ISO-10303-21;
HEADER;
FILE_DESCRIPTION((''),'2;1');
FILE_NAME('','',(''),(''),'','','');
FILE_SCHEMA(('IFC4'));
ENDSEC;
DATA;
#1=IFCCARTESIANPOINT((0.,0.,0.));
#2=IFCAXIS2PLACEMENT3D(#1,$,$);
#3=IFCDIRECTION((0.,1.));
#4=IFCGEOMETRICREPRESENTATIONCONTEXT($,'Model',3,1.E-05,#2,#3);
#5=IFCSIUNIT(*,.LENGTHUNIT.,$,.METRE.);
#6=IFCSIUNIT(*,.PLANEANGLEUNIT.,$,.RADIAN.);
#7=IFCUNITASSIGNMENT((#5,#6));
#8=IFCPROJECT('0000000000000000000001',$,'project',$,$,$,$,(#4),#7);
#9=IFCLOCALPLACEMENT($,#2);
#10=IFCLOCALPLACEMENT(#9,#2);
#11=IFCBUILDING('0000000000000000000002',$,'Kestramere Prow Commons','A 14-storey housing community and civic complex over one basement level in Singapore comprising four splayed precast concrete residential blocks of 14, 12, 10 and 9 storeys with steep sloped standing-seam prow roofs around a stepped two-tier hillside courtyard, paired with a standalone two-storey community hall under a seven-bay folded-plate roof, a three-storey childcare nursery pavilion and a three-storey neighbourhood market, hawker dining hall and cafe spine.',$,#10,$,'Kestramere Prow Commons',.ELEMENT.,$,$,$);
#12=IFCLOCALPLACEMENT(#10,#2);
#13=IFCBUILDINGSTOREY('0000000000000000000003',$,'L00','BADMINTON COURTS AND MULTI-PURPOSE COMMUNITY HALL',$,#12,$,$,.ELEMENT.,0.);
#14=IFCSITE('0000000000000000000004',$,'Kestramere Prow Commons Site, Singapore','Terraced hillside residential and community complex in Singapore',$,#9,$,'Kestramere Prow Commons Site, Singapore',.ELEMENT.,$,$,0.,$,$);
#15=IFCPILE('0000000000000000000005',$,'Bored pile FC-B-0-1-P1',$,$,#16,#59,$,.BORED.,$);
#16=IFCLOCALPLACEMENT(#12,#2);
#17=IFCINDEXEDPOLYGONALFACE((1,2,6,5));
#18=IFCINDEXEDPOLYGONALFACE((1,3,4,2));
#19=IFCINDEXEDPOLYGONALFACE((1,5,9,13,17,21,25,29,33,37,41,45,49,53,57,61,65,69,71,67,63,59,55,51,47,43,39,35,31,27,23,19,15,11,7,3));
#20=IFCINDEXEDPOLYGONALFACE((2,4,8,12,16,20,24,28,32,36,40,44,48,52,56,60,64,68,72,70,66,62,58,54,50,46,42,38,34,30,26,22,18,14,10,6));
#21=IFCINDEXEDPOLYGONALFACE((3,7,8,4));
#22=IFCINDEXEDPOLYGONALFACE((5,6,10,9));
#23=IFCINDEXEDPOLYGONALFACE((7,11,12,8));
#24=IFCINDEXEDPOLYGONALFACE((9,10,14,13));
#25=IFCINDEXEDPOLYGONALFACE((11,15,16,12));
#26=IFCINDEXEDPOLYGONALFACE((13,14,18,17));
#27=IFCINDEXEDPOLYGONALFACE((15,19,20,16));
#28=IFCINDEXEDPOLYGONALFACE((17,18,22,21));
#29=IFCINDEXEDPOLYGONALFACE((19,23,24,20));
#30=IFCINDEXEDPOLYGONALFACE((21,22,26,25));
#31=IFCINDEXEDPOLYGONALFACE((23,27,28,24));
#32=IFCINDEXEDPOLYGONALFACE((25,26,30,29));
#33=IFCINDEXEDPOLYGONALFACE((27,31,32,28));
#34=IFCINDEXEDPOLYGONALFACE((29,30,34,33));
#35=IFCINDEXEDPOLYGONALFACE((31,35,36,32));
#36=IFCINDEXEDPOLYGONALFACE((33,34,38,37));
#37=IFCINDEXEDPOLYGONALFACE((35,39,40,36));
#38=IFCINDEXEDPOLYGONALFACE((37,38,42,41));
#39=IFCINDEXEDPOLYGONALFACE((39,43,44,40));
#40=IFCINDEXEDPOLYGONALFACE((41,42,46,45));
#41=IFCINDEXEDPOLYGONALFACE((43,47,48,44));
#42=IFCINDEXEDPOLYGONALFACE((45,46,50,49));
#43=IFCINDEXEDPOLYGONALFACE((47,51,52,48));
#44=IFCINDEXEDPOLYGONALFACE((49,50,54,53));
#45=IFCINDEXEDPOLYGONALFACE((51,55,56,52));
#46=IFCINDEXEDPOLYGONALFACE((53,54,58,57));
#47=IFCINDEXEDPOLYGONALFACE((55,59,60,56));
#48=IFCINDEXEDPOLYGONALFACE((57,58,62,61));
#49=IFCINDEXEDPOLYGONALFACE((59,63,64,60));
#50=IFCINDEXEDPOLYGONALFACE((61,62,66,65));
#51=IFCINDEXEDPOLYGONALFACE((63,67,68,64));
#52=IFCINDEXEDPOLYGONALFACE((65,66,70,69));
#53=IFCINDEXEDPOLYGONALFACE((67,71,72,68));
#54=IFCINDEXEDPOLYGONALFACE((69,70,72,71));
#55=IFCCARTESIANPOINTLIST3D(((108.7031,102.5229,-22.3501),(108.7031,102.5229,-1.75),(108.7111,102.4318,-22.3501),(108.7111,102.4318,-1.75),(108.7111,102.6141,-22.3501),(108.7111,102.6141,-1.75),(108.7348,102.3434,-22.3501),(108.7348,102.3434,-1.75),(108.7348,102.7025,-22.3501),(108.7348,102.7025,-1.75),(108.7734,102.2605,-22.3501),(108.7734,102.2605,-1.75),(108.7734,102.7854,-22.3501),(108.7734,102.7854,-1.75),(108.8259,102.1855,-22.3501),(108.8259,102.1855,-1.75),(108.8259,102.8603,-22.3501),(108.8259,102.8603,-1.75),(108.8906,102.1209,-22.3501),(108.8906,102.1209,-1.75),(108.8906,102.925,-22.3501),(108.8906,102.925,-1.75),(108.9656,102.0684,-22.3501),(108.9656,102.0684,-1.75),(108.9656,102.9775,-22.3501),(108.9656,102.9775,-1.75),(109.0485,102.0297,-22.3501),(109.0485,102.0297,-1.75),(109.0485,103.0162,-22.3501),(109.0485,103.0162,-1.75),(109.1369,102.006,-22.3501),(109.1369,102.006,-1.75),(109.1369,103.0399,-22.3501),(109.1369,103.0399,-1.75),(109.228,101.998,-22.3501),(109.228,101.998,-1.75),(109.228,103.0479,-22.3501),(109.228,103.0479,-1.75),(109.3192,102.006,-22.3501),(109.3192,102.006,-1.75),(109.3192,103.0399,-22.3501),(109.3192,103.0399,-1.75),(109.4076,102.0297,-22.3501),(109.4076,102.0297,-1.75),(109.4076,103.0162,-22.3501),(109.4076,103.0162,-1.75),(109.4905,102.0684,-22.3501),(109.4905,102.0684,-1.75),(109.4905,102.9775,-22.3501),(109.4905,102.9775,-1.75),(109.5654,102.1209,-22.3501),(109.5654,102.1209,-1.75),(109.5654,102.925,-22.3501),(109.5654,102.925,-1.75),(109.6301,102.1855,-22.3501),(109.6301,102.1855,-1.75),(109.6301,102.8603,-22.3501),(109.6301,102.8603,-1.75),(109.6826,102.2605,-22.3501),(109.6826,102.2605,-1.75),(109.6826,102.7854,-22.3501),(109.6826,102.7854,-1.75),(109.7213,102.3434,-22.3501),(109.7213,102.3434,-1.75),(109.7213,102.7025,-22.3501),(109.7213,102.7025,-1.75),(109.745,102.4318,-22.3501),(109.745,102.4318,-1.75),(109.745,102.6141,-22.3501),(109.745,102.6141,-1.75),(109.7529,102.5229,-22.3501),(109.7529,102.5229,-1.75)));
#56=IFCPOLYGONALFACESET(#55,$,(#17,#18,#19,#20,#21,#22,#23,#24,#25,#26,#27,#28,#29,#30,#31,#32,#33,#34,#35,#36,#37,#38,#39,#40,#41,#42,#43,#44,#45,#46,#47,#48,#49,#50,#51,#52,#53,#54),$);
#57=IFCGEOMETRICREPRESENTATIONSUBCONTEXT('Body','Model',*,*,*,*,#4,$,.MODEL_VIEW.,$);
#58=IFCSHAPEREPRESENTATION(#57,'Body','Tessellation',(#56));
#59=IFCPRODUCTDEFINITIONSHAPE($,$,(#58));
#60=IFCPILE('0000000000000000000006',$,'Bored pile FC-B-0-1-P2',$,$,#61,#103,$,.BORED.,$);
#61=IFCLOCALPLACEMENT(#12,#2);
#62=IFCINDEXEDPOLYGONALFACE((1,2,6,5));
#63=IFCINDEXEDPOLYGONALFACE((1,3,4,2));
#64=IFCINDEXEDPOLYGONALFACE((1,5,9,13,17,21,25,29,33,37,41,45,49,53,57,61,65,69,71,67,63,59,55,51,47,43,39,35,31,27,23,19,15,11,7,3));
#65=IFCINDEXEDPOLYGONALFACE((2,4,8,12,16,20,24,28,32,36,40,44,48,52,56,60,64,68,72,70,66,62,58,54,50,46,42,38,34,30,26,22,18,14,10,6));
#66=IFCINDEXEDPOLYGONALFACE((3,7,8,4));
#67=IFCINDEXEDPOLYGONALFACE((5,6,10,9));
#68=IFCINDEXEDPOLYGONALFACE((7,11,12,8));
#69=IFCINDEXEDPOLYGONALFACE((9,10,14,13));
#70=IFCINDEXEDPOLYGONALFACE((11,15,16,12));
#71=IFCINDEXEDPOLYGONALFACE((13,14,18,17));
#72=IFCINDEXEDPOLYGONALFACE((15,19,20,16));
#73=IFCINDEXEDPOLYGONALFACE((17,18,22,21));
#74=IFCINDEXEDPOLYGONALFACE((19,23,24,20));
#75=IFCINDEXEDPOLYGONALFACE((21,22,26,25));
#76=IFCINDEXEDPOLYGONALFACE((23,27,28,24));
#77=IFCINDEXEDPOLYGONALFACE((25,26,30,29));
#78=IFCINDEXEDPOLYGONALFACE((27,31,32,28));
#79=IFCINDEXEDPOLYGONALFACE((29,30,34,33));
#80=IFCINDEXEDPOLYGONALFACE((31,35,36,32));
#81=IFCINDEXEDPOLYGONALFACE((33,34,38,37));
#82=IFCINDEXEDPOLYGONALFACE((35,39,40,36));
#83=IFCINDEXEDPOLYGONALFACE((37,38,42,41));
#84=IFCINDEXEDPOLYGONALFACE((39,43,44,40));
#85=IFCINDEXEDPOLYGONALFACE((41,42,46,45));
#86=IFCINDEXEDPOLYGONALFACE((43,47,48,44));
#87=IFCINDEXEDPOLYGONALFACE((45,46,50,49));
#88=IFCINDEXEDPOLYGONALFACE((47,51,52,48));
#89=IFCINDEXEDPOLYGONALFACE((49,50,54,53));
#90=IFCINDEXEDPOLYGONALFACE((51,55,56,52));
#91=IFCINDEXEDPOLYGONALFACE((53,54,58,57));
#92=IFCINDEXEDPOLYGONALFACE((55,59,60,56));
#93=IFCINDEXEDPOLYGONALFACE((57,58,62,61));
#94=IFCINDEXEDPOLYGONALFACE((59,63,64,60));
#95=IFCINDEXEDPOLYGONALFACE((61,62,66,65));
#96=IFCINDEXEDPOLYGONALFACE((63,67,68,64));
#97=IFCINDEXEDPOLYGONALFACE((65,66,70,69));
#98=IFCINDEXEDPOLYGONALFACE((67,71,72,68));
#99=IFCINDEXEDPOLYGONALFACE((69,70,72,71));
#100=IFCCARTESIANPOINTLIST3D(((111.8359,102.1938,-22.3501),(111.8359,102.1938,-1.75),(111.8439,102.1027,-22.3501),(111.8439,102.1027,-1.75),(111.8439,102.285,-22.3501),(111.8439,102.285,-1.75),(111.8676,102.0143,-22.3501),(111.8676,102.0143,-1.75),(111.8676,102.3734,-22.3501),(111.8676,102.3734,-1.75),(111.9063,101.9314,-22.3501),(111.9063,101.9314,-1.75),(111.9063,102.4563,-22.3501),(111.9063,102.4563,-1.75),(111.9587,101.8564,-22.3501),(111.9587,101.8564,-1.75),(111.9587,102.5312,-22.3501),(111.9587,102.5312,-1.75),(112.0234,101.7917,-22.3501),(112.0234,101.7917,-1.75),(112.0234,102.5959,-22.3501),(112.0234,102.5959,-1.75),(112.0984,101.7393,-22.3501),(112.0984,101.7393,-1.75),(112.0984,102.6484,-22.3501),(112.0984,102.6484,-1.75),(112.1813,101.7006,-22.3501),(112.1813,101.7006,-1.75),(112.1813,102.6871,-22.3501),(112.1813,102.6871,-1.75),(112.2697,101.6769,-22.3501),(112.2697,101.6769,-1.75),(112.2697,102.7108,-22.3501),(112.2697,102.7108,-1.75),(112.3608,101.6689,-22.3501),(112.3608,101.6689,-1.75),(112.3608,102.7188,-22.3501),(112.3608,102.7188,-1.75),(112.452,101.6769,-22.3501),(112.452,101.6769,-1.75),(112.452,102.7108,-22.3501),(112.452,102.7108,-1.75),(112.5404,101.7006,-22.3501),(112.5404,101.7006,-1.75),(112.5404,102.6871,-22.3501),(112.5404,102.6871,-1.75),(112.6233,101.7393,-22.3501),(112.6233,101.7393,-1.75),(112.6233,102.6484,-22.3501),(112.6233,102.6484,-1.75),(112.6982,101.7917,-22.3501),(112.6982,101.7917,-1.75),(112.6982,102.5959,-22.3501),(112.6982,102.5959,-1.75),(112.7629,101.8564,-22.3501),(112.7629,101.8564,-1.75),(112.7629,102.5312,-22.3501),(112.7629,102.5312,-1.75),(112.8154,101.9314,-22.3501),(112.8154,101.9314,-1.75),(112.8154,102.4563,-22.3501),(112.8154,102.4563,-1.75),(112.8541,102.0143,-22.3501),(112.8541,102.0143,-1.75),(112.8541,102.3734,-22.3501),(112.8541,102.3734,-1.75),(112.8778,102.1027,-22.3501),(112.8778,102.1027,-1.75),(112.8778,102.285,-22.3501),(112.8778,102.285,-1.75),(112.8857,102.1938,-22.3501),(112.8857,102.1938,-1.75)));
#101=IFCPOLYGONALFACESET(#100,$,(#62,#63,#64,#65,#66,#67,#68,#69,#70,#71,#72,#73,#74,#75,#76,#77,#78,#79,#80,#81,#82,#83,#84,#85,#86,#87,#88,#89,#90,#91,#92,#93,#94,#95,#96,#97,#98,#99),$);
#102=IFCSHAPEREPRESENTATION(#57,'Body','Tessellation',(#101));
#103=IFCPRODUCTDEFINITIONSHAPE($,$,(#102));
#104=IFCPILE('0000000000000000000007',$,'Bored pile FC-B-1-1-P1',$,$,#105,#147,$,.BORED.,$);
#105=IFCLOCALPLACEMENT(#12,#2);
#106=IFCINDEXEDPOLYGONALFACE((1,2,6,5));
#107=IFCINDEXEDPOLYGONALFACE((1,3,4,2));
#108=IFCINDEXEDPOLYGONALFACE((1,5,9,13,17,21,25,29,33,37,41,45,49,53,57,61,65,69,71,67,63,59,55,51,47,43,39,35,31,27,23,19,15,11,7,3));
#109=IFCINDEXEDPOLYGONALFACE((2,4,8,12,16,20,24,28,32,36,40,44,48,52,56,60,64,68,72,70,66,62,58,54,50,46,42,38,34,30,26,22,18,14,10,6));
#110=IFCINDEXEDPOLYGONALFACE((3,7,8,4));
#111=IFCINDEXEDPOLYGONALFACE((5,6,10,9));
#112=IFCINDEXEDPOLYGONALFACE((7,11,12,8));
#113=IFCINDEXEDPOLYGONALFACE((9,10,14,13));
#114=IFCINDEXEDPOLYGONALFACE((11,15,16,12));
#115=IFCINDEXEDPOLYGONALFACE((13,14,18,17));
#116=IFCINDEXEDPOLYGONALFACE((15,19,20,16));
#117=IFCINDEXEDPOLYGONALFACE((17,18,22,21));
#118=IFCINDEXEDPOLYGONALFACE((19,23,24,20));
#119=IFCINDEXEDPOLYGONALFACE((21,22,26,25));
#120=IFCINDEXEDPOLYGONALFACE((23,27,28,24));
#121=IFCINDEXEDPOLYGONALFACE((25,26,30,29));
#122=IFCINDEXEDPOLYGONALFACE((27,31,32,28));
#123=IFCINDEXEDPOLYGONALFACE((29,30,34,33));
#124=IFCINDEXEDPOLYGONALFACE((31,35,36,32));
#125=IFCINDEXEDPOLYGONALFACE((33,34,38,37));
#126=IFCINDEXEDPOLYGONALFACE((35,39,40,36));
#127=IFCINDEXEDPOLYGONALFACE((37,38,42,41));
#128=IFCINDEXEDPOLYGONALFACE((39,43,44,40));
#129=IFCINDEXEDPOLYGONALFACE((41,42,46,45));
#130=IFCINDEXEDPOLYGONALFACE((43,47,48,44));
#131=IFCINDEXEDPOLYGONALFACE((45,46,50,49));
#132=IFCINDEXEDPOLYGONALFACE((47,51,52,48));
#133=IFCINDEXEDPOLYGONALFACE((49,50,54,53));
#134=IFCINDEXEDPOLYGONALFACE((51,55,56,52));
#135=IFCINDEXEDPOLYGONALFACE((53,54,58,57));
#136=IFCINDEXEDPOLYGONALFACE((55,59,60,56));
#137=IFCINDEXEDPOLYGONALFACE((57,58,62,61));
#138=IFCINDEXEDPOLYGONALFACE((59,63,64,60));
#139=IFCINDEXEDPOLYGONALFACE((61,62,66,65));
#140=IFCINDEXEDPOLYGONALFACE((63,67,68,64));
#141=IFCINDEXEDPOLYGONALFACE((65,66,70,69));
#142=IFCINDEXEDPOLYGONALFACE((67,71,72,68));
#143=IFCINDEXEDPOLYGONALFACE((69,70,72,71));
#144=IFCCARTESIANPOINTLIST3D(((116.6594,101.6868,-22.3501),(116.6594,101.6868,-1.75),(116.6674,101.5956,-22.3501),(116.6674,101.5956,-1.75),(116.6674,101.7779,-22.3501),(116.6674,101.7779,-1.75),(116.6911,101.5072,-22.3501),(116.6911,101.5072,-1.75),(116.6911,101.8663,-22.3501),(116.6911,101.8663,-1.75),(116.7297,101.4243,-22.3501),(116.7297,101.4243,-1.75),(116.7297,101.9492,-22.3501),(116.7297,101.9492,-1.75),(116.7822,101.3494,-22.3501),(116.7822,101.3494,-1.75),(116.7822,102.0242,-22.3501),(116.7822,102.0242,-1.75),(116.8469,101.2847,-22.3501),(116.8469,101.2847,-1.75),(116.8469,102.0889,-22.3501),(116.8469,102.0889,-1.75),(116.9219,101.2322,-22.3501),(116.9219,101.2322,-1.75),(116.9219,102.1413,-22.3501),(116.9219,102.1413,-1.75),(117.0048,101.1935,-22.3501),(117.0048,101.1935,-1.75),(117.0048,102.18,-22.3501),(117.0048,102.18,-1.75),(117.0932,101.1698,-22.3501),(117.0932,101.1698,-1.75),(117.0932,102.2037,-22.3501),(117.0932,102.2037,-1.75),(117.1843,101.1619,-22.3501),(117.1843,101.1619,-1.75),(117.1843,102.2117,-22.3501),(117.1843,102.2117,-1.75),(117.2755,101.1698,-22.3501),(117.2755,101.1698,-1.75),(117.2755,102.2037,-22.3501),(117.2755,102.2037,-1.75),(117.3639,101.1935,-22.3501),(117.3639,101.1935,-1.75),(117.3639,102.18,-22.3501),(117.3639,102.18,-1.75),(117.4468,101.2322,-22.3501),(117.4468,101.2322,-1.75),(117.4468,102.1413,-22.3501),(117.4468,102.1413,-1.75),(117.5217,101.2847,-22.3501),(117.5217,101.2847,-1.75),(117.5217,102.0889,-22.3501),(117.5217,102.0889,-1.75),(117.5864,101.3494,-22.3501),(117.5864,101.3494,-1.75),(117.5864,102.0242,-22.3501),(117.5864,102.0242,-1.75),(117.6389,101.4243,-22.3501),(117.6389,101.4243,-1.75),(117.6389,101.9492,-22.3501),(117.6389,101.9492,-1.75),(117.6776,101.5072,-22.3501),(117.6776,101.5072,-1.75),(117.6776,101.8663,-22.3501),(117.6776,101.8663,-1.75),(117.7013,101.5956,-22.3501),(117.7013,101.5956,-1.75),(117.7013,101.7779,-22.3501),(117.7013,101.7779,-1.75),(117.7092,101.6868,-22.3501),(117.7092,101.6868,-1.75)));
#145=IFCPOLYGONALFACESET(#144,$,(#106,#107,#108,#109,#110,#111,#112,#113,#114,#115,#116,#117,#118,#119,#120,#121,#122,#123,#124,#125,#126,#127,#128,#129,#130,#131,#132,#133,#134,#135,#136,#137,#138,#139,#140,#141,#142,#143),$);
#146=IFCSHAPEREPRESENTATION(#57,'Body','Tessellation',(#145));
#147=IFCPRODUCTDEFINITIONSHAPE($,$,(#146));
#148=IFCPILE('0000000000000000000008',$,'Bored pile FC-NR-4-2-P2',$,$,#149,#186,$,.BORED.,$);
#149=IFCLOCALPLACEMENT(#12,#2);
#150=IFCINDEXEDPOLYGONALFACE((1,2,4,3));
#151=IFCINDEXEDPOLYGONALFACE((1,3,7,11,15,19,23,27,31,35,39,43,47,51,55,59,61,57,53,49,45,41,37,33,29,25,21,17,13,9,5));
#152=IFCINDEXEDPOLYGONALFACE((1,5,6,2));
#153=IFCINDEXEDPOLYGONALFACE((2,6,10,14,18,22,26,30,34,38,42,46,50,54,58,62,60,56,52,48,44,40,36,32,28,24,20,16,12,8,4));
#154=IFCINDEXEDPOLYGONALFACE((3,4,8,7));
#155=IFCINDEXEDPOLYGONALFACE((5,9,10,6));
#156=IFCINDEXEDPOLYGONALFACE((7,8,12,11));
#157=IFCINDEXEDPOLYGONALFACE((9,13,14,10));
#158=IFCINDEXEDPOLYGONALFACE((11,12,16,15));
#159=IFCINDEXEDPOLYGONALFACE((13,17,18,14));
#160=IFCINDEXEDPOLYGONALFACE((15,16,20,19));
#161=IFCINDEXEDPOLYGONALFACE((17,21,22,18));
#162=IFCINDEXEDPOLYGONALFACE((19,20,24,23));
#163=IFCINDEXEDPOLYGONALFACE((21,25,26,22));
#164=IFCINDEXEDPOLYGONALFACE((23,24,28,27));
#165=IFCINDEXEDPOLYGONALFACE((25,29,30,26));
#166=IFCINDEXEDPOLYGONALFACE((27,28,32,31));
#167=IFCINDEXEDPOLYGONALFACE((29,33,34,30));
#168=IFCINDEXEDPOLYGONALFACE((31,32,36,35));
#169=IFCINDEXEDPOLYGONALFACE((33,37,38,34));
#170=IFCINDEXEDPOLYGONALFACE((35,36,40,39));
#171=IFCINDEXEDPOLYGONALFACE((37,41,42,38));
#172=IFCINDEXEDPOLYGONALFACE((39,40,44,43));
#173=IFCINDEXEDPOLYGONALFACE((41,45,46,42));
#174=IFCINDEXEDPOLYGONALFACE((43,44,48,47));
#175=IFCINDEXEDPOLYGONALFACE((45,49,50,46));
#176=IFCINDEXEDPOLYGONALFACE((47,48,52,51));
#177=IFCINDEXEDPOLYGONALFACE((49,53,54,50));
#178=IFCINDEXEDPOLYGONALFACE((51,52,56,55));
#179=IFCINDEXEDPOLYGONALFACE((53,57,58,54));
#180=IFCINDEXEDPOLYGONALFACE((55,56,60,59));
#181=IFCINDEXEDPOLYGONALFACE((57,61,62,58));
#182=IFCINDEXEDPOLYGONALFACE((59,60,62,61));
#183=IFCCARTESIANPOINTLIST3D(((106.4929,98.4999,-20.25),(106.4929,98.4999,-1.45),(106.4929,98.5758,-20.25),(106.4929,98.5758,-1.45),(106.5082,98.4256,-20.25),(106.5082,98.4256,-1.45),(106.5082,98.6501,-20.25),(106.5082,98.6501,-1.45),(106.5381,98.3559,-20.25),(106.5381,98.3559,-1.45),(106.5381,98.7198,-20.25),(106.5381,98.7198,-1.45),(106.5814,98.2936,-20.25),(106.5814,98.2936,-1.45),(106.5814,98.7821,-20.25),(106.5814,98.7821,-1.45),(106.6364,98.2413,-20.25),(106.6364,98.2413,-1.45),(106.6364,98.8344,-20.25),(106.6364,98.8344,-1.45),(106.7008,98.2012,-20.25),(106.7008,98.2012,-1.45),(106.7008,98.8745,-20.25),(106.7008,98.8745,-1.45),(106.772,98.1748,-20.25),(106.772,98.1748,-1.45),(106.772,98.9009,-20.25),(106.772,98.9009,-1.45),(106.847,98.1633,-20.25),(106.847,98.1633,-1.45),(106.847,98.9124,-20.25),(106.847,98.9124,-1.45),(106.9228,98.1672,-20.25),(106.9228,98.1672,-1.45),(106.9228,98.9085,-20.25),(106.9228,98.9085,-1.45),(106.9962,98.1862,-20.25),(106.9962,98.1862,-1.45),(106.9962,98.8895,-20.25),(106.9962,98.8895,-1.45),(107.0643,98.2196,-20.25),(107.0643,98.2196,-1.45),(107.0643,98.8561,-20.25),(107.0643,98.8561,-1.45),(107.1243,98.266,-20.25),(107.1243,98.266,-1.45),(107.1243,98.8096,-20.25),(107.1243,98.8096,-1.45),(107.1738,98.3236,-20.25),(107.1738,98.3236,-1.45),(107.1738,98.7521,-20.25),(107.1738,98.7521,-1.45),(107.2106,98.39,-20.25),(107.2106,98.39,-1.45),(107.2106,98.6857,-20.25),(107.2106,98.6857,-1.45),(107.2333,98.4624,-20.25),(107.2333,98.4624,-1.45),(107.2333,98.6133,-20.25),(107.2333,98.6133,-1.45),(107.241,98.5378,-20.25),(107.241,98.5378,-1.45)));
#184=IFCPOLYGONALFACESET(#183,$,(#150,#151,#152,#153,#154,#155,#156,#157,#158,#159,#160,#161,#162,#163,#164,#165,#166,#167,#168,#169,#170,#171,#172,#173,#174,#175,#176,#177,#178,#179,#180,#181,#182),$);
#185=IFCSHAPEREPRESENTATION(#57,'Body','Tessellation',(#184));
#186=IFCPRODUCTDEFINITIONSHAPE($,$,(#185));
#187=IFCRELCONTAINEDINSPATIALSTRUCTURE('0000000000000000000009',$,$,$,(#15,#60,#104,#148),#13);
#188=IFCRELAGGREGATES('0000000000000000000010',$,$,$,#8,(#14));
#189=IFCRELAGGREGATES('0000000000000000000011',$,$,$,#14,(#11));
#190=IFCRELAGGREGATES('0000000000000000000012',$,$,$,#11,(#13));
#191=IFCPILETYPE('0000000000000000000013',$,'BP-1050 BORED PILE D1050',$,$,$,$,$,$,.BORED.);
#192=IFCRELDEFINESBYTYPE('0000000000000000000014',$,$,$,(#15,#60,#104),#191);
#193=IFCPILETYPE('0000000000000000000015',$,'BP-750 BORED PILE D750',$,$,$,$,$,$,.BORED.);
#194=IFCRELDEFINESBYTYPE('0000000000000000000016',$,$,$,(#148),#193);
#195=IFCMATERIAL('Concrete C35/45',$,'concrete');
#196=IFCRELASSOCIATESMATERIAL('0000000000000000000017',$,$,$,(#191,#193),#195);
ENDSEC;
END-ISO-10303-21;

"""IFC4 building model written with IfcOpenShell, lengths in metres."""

from ifc_helpers import new_model, si_unit, direction, frame, origin, origin_2d, place, context, subcontext, project, spatial, circle, extrude, material, material_profile, profile_set, type_object, element, save


model = new_model("IFC4")

# Units and contexts
model_context = context("Model", 3, precision=1e-05, world=origin(), true_north=direction((0.0, 1.0)))
body_context = subcontext(model_context, "Body", "Model", "MODEL_VIEW")
ifc_project = project(units=[si_unit("LENGTHUNIT", "METRE"), si_unit("PLANEANGLEUNIT", "RADIAN")], contexts=[model_context])

# Site, building, storey
site_placement = place(None, origin())
site = spatial("IfcSite", under=ifc_project, at=site_placement, Name="Kestramere Prow Commons Site, Singapore", Description="Terraced hillside residential and community complex in Singapore", LongName="Kestramere Prow Commons Site, Singapore", CompositionType="ELEMENT", RefElevation=0.0)
building_placement = place(site_placement, origin())
building = spatial("IfcBuilding", under=site, at=building_placement, Name="Kestramere Prow Commons", Description="A 14-storey housing community and civic complex over one basement level in Singapore comprising four splayed precast concrete residential blocks of 14, 12, 10 and 9 storeys with steep sloped standing-seam prow roofs around a stepped two-tier hillside courtyard, paired with a standalone two-storey community hall under a seven-bay folded-plate roof, a three-storey childcare nursery pavilion and a three-storey neighbourhood market, hawker dining hall and cafe spine.", LongName="Kestramere Prow Commons", CompositionType="ELEMENT")
storey_placement = place(building_placement, origin())
storey = spatial("IfcBuildingStorey", under=building, at=storey_placement, Name="L00", Description="BADMINTON COURTS AND MULTI-PURPOSE COMMUNITY HALL", CompositionType="ELEMENT", Elevation=0.0)

# Piles
ifc_material_1 = material(Name="Concrete C35/45", Category="concrete")
ifc_material_profile_1 = material_profile(ifc_material_1, circle(Radius=0.5249, at=origin_2d()), Name="BORED PILE D1050")
ifc_profile_set_1 = profile_set([ifc_material_profile_1], Name="Concrete C35/45")
pile_type_1 = type_object("IfcPileType", Name="BP-1050 BORED PILE D1050", PredefinedType="BORED", material=ifc_profile_set_1)
for number, where, z_axis, x_axis, name in (
    (1, (109.228, 102.5229, -1.75), (0.0, 0.0, -1.0), (1.0, 0.0, 0.0), "Bored pile FC-B-0-1-P1"),
    (2, (112.3608, 102.1938, -1.75), (0.0, 0.0, -1.0), (1.0, 0.0, 0.0), "Bored pile FC-B-0-1-P2"),
    (3, (117.1843, 101.6868, -1.75), (0.0, 0.0, -1.0), (1.0, 0.0, 0.0), "Bored pile FC-B-1-1-P1"),
):
    element("IfcPile", number, at=place(storey_placement, frame(where, z_axis=z_axis, x_axis=x_axis)), inside=storey, type_object=pile_type_1, Name=name, PredefinedType="BORED", context=body_context, shape_type="SweptSolid", body=[
        extrude(circle(Radius=0.5249, at=origin_2d()), origin(), (0.0, 0.0, 1.0), 20.6001),
    ])
ifc_material_profile_2 = material_profile(ifc_material_1, circle(Radius=0.375, at=origin_2d()), Name="BORED PILE D750")
ifc_profile_set_2 = profile_set([ifc_material_profile_2], Name="Concrete C35/45")
pile_type_2 = type_object("IfcPileType", Name="BP-750 BORED PILE D750", PredefinedType="BORED", material=ifc_profile_set_2)
pile_placement = place(storey_placement, frame((106.866, 98.5378, -1.45), z_axis=(0.0, 0.0, -1.0), x_axis=(1.0, 0.0, 0.0)))
element("IfcPile", 4, at=pile_placement, inside=storey, type_object=pile_type_2, Name="Bored pile FC-NR-4-2-P2", PredefinedType="BORED", context=body_context, shape_type="SweptSolid", body=[
    extrude(circle(Radius=0.375, at=origin_2d()), origin(), (0.0, 0.0, 1.0), 18.8),
])

save(model, "model.ifc")
